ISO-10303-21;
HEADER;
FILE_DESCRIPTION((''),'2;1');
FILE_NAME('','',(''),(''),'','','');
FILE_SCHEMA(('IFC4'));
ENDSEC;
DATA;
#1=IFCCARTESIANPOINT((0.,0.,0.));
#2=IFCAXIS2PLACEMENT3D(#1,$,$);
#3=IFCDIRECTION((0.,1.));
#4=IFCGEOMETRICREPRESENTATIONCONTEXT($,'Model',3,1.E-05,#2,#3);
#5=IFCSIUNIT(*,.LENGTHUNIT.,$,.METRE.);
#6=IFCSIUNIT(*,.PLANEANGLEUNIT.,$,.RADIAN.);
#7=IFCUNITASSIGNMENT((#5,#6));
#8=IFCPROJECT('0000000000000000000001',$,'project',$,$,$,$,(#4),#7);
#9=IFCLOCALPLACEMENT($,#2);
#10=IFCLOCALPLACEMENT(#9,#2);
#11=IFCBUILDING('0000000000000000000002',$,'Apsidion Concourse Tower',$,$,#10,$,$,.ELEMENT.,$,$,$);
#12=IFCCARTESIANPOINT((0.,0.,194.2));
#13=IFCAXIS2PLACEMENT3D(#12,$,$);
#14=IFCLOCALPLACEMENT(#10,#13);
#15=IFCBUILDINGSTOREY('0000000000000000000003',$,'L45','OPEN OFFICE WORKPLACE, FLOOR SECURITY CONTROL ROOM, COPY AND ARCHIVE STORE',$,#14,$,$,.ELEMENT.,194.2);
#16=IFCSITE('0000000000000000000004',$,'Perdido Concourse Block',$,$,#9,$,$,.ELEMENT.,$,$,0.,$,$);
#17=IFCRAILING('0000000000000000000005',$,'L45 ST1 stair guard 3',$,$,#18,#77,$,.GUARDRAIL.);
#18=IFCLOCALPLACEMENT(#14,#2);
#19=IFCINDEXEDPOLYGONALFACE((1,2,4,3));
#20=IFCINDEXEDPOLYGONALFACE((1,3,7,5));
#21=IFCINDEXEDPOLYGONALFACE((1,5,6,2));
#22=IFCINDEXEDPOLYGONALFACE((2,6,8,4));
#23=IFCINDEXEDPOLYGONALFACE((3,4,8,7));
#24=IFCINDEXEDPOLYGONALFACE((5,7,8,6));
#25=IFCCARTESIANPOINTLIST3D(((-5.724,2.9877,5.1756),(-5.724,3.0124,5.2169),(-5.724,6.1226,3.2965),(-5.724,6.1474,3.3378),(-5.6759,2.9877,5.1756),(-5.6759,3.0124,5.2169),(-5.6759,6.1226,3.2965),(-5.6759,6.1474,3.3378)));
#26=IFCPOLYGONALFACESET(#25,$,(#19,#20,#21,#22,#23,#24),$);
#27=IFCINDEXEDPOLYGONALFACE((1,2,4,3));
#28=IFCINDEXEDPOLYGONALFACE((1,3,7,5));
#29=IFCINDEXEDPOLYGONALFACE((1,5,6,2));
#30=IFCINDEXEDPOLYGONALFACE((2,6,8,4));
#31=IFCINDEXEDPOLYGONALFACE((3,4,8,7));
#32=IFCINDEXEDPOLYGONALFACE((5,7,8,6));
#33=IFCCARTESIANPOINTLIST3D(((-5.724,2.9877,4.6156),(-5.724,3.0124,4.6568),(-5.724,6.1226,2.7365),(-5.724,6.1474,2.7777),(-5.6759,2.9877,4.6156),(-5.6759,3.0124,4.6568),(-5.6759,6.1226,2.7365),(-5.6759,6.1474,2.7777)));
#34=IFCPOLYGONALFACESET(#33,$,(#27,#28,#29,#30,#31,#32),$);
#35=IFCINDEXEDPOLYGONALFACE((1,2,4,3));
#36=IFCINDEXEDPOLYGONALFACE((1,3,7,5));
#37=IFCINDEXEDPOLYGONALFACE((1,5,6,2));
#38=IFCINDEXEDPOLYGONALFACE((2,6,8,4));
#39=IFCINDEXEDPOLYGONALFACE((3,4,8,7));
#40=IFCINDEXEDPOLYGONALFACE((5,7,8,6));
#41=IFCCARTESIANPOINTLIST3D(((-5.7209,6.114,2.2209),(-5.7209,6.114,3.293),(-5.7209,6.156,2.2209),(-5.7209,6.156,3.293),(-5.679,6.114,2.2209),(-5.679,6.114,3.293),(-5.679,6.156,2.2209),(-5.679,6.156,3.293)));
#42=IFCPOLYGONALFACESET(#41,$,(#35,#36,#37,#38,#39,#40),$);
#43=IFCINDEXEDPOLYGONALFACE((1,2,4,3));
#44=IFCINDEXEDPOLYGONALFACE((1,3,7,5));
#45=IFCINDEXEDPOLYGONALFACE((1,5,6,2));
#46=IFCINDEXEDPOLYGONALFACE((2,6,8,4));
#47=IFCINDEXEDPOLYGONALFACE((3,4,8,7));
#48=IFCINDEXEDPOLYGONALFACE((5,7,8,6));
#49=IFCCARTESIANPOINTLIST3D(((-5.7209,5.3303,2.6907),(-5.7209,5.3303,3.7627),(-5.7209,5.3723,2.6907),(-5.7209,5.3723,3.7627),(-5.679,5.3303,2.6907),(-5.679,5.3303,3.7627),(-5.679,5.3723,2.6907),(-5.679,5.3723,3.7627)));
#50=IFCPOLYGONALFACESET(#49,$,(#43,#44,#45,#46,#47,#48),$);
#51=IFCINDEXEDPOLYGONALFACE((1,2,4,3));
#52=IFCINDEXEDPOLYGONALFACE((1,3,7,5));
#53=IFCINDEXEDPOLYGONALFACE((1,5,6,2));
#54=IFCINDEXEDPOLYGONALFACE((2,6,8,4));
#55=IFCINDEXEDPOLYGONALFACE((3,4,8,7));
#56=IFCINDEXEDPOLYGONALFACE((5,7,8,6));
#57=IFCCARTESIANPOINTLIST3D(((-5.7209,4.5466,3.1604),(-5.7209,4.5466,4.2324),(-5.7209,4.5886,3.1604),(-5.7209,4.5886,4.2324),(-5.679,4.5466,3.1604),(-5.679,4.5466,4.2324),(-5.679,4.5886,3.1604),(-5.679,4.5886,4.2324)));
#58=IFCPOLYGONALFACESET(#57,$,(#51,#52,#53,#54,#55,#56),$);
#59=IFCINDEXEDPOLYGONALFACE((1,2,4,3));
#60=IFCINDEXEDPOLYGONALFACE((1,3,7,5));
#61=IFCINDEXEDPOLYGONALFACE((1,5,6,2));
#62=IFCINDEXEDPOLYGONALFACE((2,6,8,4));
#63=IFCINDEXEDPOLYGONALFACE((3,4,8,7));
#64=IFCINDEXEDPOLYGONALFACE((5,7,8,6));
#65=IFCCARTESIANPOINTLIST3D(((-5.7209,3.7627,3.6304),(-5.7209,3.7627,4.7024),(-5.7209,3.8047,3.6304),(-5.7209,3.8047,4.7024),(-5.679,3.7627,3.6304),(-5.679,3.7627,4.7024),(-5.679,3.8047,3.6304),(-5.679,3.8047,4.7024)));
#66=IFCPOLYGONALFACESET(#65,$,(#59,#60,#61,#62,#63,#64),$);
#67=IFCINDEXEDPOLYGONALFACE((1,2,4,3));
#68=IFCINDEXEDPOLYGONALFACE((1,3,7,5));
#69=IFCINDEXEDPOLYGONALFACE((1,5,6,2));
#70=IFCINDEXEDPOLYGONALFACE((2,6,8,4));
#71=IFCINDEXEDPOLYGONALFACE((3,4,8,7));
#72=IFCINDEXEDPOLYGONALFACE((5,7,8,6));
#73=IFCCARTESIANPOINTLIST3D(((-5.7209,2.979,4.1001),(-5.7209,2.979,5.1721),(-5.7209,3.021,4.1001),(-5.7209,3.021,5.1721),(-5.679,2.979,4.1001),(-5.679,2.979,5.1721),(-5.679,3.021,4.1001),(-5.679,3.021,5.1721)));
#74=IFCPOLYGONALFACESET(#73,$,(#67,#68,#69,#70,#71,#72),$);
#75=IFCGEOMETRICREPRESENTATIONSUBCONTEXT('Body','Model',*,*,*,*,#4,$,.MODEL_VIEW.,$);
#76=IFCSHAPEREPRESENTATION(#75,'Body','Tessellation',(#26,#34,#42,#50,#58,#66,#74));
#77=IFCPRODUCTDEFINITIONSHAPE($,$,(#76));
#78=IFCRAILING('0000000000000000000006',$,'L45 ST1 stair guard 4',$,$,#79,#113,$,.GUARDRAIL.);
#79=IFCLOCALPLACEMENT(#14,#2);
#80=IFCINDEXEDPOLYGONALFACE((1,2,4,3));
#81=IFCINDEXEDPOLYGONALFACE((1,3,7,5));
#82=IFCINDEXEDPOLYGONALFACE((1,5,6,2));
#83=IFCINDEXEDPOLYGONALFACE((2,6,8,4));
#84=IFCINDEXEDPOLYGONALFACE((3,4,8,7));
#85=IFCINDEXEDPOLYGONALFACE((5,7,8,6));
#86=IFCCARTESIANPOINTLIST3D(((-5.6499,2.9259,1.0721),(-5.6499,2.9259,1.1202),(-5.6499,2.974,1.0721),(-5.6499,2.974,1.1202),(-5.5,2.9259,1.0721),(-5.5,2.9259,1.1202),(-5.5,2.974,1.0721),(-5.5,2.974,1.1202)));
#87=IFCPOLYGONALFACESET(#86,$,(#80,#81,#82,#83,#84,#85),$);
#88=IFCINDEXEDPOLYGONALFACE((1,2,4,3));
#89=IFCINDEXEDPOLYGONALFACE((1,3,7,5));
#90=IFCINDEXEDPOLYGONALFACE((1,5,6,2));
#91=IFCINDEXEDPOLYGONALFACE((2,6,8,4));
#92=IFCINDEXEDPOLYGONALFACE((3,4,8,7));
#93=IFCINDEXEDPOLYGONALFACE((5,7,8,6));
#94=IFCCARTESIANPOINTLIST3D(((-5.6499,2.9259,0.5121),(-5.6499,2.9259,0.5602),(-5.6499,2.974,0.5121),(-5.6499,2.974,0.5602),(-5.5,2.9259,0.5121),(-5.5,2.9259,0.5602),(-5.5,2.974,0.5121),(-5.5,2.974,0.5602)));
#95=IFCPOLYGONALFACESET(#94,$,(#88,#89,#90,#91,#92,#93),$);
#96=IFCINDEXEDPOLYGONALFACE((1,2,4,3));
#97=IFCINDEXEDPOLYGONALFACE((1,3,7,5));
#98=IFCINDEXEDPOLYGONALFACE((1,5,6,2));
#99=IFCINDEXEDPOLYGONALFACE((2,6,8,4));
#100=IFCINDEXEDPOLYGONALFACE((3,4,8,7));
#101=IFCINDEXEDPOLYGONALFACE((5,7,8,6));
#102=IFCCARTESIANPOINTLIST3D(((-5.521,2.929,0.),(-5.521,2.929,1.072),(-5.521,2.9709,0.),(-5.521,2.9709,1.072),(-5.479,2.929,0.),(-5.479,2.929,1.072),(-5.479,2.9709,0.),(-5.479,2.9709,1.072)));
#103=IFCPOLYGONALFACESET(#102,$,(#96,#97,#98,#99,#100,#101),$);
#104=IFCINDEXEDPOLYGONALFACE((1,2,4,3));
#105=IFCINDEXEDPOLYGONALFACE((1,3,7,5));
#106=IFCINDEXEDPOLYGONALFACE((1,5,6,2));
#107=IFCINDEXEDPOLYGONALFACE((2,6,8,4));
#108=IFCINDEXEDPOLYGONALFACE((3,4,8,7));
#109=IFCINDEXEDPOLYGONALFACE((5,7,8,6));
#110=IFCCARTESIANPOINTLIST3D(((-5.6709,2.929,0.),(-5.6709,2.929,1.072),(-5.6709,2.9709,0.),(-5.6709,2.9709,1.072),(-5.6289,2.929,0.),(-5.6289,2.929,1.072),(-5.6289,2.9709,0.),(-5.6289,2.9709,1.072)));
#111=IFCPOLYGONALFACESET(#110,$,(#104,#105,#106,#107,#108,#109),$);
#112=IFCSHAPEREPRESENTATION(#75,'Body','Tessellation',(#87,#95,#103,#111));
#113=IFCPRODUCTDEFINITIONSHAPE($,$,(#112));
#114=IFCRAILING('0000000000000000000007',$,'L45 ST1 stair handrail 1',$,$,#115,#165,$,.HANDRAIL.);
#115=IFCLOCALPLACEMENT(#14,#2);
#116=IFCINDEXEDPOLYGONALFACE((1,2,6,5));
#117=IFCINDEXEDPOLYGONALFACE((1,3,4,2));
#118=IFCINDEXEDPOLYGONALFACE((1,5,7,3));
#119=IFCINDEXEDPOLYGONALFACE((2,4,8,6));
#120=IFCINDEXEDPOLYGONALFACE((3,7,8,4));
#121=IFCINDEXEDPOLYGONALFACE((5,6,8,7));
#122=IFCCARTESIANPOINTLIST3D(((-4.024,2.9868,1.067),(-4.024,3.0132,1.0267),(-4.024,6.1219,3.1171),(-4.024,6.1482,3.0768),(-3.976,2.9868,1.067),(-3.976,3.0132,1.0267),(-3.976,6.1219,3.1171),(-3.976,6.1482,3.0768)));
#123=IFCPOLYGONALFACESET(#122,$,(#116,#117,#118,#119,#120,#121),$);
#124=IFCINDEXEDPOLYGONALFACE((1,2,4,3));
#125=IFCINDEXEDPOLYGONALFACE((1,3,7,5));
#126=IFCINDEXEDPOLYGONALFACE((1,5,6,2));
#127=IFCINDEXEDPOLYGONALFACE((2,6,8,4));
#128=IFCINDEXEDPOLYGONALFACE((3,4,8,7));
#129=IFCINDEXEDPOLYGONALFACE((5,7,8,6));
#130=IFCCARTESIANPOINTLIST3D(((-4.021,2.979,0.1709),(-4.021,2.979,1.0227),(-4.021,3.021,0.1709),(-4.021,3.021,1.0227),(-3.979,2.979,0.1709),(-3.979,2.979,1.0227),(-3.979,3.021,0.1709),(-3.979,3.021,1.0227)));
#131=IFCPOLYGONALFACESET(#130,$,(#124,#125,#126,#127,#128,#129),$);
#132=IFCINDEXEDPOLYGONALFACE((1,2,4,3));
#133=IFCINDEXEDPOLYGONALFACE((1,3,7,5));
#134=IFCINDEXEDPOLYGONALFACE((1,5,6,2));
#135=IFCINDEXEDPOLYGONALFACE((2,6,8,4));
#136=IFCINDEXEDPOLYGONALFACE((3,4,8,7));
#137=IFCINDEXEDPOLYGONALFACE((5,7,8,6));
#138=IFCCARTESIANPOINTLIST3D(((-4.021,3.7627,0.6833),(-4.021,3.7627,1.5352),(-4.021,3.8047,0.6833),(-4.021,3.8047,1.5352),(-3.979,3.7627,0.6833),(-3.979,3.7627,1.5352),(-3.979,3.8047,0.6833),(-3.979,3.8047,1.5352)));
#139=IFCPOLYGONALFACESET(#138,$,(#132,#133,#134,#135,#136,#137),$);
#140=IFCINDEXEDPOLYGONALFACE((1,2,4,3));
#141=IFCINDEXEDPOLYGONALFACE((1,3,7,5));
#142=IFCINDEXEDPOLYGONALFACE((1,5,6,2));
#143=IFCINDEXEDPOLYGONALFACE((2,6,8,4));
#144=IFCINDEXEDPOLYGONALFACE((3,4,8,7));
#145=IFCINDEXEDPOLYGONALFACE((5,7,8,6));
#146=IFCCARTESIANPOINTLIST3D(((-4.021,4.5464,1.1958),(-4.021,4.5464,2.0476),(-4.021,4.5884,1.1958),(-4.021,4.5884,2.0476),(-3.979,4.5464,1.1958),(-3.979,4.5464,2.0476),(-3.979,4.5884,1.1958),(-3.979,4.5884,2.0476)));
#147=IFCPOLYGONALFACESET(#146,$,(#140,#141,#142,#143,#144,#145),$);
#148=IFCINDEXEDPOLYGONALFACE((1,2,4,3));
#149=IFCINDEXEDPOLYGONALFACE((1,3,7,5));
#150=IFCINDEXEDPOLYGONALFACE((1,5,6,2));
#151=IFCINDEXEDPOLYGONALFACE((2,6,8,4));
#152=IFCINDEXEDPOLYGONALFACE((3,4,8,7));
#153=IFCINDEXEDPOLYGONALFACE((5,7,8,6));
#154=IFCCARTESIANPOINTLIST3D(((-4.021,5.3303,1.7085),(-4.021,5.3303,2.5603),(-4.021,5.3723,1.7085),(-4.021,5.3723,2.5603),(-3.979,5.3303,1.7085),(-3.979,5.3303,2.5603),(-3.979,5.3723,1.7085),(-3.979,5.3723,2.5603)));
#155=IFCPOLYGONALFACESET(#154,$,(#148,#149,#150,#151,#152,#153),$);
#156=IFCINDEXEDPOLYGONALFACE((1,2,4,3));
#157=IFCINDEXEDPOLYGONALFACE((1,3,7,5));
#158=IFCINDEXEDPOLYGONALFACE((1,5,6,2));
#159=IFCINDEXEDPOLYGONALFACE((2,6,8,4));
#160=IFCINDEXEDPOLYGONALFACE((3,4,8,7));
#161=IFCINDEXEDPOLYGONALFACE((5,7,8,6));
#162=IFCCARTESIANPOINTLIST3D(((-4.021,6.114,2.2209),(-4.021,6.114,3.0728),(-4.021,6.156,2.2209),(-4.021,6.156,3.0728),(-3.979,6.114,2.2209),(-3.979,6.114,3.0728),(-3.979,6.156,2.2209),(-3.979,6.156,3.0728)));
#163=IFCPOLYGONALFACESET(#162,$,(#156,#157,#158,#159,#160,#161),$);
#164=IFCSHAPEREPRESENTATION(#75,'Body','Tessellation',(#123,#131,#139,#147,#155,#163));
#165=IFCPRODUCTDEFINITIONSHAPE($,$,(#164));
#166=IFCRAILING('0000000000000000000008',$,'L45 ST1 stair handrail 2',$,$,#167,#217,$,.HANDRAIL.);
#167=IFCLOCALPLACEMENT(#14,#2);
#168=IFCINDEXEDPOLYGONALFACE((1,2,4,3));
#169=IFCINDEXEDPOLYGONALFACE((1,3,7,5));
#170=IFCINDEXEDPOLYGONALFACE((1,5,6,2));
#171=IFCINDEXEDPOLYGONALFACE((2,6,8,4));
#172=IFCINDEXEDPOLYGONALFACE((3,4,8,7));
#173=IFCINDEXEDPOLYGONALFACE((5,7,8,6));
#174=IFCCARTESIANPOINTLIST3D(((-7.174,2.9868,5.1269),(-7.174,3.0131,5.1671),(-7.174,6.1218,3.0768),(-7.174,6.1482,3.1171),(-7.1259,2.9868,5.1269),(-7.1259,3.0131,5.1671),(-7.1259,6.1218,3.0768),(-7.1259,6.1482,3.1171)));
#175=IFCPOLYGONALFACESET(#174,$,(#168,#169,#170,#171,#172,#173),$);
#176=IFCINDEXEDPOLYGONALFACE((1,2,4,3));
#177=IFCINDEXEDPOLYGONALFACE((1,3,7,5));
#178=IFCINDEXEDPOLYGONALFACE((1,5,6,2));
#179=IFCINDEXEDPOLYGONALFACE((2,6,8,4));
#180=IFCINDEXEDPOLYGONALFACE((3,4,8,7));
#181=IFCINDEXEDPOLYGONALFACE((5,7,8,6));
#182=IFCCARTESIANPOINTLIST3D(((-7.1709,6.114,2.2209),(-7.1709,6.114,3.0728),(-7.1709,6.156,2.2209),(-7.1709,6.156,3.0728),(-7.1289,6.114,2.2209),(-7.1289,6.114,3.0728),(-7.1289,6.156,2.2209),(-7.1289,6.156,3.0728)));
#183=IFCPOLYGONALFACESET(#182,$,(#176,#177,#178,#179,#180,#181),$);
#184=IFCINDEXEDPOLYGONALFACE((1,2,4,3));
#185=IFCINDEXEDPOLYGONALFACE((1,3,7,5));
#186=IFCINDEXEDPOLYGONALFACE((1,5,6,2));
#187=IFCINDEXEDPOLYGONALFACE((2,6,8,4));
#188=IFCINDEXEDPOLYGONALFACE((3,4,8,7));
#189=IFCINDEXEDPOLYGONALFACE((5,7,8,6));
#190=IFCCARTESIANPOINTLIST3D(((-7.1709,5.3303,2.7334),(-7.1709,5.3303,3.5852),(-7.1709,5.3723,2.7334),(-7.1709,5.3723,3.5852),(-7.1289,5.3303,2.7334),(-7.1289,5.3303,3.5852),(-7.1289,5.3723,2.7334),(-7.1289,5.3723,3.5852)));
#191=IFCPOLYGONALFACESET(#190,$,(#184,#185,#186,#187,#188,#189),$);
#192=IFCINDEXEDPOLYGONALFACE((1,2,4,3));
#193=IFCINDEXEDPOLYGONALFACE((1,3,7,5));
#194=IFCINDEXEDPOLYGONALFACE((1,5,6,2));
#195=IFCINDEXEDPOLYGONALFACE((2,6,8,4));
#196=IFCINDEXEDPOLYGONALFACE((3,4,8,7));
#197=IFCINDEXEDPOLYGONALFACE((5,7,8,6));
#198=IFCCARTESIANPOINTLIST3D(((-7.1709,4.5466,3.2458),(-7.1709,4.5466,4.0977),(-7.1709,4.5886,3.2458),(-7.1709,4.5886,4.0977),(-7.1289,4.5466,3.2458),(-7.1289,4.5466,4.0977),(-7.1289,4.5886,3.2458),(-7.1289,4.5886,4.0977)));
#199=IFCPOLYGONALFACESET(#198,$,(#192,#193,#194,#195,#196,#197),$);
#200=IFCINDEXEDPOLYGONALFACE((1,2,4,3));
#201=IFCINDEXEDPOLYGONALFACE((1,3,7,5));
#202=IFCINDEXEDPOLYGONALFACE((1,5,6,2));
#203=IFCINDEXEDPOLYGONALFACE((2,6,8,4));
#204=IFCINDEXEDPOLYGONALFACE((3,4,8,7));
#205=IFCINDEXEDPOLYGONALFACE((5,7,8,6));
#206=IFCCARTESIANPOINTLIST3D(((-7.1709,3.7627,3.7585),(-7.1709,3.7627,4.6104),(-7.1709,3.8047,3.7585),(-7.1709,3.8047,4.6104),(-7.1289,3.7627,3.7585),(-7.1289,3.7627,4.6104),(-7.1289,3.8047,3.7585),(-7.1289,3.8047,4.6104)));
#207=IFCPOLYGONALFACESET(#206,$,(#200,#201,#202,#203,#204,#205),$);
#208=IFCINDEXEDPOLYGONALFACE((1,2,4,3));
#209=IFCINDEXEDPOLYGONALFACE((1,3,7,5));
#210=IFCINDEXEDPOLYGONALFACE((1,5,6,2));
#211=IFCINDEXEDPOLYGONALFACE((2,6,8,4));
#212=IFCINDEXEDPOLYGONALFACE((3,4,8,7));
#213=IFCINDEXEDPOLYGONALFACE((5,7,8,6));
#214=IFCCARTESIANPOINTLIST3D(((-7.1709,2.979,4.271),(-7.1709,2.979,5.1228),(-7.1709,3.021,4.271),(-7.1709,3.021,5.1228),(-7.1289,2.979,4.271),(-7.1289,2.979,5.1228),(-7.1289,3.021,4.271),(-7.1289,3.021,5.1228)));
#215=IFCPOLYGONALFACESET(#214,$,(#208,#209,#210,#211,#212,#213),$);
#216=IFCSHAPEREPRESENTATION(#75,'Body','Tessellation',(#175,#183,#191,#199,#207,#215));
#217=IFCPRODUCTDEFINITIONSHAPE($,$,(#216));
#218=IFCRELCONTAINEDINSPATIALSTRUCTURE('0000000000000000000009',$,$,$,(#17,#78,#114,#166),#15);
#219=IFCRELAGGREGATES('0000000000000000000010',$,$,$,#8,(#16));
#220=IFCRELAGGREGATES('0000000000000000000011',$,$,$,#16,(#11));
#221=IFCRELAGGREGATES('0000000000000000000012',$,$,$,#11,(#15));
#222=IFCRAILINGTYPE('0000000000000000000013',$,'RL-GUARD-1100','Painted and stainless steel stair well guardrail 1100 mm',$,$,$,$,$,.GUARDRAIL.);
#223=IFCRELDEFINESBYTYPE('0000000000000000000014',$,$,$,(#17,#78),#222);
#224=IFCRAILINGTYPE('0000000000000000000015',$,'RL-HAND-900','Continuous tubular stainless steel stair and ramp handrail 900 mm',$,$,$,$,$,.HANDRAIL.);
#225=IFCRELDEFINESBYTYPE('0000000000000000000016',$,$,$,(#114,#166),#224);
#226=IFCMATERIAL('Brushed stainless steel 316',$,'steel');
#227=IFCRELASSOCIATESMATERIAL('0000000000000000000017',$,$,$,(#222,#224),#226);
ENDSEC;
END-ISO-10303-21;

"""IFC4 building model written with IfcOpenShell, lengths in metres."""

from ifc_helpers import new_model, si_unit, direction, frame, origin, origin_2d, place, context, subcontext, project, spatial, rectangle, extrude, material, type_object, element, save


model = new_model("IFC4")

# Units and contexts
model_context = context("Model", 3, precision=1e-05, world=origin(), true_north=direction((0.0, 1.0)))
body_context = subcontext(model_context, "Body", "Model", "MODEL_VIEW")
ifc_project = project(units=[si_unit("LENGTHUNIT", "METRE"), si_unit("PLANEANGLEUNIT", "RADIAN")], contexts=[model_context])

# Site, building, storey
site_placement = place(None, origin())
site = spatial("IfcSite", under=ifc_project, at=site_placement, Name="Perdido Concourse Block", CompositionType="ELEMENT", RefElevation=0.0)
building_placement = place(site_placement, origin())
building = spatial("IfcBuilding", under=site, at=building_placement, Name="Apsidion Concourse Tower", CompositionType="ELEMENT")
storey_placement = place(building_placement, frame((0.0, 0.0, 194.2)))
storey = spatial("IfcBuildingStorey", under=building, at=storey_placement, Name="L45", Description="OPEN OFFICE WORKPLACE, FLOOR SECURITY CONTROL ROOM, COPY AND ARCHIVE STORE", CompositionType="ELEMENT", Elevation=194.2)

# Shared definitions
ifc_material_1 = material(Name="Brushed stainless steel 316", Category="steel")

# Railings
railing_type_1 = type_object("IfcRailingType", Name="RL-GUARD-1100", Description="Painted and stainless steel stair well guardrail 1100 mm", PredefinedType="GUARDRAIL", material=ifc_material_1)
railing_1_placement = place(storey_placement, frame((-5.7, 6.135, 2.2209)))
element("IfcRailing", 1, at=railing_1_placement, inside=storey, type_object=railing_type_1, Name="L45 ST1 stair guard 3", PredefinedType="GUARDRAIL", context=body_context, shape_type="SweptSolid", body=[
    extrude(rectangle(XDim=0.0481, YDim=0.0481, at=origin_2d()), frame((0.0, 0.0, 1.0962), z_axis=(0.0, -0.857717, 0.514122), x_axis=(1.0, 0.0, 0.0)), (0.0, 0.0, 1.0), 3.655),
    extrude(rectangle(XDim=0.0481, YDim=0.0481, at=origin_2d()), frame((0.0, 0.0, 0.5361), z_axis=(0.0, -0.857717, 0.514122), x_axis=(1.0, 0.0, 0.0)), (0.0, 0.0, 1.0), 3.655),
    extrude(rectangle(XDim=0.042, YDim=0.042, at=origin_2d()), origin(), (0.0, 0.0, 1.0), 1.072),
    extrude(rectangle(XDim=0.042, YDim=0.042, at=origin_2d()), frame((0.0, -0.7837, 0.4697)), (0.0, 0.0, 1.0), 1.072),
    extrude(rectangle(XDim=0.042, YDim=0.042, at=origin_2d()), frame((0.0, -1.5674, 0.9395)), (0.0, 0.0, 1.0), 1.072),
    extrude(rectangle(XDim=0.042, YDim=0.042, at=origin_2d()), frame((0.0, -2.3513, 1.4094)), (0.0, 0.0, 1.0), 1.072),
    extrude(rectangle(XDim=0.042, YDim=0.042, at=origin_2d()), frame((0.0, -3.135, 1.8792)), (0.0, 0.0, 1.0), 1.072),
])
railing_2_placement = place(storey_placement, frame((-5.5, 2.95, 0.0)))
element("IfcRailing", 2, at=railing_2_placement, inside=storey, type_object=railing_type_1, Name="L45 ST1 stair guard 4", PredefinedType="GUARDRAIL", context=body_context, shape_type="SweptSolid", body=[
    extrude(rectangle(XDim=0.0481, YDim=0.0481, at=origin_2d()), frame((0.0, 0.0, 1.0962), z_axis=(-1.0, 0.0, 0.0), x_axis=(0.0, -1.0, 0.0)), (0.0, 0.0, 1.0), 0.1499),
    extrude(rectangle(XDim=0.0481, YDim=0.0481, at=origin_2d()), frame((0.0, 0.0, 0.5361), z_axis=(-1.0, 0.0, 0.0), x_axis=(0.0, -1.0, 0.0)), (0.0, 0.0, 1.0), 0.1499),
    extrude(rectangle(XDim=0.042, YDim=0.042, at=origin_2d()), origin(), (0.0, 0.0, 1.0), 1.072),
    extrude(rectangle(XDim=0.042, YDim=0.042, at=origin_2d()), frame((-0.1499, 0.0, 0.0)), (0.0, 0.0, 1.0), 1.072),
])
railing_type_2 = type_object("IfcRailingType", Name="RL-HAND-900", Description="Continuous tubular stainless steel stair and ramp handrail 900 mm", PredefinedType="HANDRAIL", material=ifc_material_1)
railing_3_placement = place(storey_placement, frame((-4.0, 3.0, 0.1709)))
element("IfcRailing", 3, at=railing_3_placement, inside=storey, type_object=railing_type_2, Name="L45 ST1 stair handrail 1", PredefinedType="HANDRAIL", context=body_context, shape_type="SweptSolid", body=[
    extrude(rectangle(XDim=0.0481, YDim=0.0481, at=origin_2d()), frame((0.0, 0.0, 0.876), z_axis=(0.0, 0.836941, 0.547293), x_axis=(-1.0, 0.0, 0.0)), (0.0, 0.0, 1.0), 3.7458),
    extrude(rectangle(XDim=0.042, YDim=0.042, at=origin_2d()), origin(), (0.0, 0.0, 1.0), 0.8518),
    extrude(rectangle(XDim=0.042, YDim=0.042, at=origin_2d()), frame((0.0, 0.7837, 0.5125)), (0.0, 0.0, 1.0), 0.8518),
    extrude(rectangle(XDim=0.042, YDim=0.042, at=origin_2d()), frame((0.0, 1.5674, 1.0249)), (0.0, 0.0, 1.0), 0.8518),
    extrude(rectangle(XDim=0.042, YDim=0.042, at=origin_2d()), frame((0.0, 2.3513, 1.5376)), (0.0, 0.0, 1.0), 0.8518),
    extrude(rectangle(XDim=0.042, YDim=0.042, at=origin_2d()), frame((0.0, 3.135, 2.05)), (0.0, 0.0, 1.0), 0.8518),
])
railing_4_placement = place(storey_placement, frame((-7.1499, 6.135, 2.2209)))
element("IfcRailing", 4, at=railing_4_placement, inside=storey, type_object=railing_type_2, Name="L45 ST1 stair handrail 2", PredefinedType="HANDRAIL", context=body_context, shape_type="SweptSolid", body=[
    extrude(rectangle(XDim=0.0481, YDim=0.0481, at=origin_2d()), frame((0.0, 0.0, 0.876), z_axis=(0.0, -0.836941, 0.547293), x_axis=(1.0, 0.0, 0.0)), (0.0, 0.0, 1.0), 3.7458),
    extrude(rectangle(XDim=0.042, YDim=0.042, at=origin_2d()), origin(), (0.0, 0.0, 1.0), 0.8518),
    extrude(rectangle(XDim=0.042, YDim=0.042, at=origin_2d()), frame((0.0, -0.7837, 0.5125)), (0.0, 0.0, 1.0), 0.8518),
    extrude(rectangle(XDim=0.042, YDim=0.042, at=origin_2d()), frame((0.0, -1.5674, 1.0249)), (0.0, 0.0, 1.0), 0.8518),
    extrude(rectangle(XDim=0.042, YDim=0.042, at=origin_2d()), frame((0.0, -2.3513, 1.5376)), (0.0, 0.0, 1.0), 0.8518),
    extrude(rectangle(XDim=0.042, YDim=0.042, at=origin_2d()), frame((0.0, -3.135, 2.05)), (0.0, 0.0, 1.0), 0.8518),
])

save(model, "model.ifc")
